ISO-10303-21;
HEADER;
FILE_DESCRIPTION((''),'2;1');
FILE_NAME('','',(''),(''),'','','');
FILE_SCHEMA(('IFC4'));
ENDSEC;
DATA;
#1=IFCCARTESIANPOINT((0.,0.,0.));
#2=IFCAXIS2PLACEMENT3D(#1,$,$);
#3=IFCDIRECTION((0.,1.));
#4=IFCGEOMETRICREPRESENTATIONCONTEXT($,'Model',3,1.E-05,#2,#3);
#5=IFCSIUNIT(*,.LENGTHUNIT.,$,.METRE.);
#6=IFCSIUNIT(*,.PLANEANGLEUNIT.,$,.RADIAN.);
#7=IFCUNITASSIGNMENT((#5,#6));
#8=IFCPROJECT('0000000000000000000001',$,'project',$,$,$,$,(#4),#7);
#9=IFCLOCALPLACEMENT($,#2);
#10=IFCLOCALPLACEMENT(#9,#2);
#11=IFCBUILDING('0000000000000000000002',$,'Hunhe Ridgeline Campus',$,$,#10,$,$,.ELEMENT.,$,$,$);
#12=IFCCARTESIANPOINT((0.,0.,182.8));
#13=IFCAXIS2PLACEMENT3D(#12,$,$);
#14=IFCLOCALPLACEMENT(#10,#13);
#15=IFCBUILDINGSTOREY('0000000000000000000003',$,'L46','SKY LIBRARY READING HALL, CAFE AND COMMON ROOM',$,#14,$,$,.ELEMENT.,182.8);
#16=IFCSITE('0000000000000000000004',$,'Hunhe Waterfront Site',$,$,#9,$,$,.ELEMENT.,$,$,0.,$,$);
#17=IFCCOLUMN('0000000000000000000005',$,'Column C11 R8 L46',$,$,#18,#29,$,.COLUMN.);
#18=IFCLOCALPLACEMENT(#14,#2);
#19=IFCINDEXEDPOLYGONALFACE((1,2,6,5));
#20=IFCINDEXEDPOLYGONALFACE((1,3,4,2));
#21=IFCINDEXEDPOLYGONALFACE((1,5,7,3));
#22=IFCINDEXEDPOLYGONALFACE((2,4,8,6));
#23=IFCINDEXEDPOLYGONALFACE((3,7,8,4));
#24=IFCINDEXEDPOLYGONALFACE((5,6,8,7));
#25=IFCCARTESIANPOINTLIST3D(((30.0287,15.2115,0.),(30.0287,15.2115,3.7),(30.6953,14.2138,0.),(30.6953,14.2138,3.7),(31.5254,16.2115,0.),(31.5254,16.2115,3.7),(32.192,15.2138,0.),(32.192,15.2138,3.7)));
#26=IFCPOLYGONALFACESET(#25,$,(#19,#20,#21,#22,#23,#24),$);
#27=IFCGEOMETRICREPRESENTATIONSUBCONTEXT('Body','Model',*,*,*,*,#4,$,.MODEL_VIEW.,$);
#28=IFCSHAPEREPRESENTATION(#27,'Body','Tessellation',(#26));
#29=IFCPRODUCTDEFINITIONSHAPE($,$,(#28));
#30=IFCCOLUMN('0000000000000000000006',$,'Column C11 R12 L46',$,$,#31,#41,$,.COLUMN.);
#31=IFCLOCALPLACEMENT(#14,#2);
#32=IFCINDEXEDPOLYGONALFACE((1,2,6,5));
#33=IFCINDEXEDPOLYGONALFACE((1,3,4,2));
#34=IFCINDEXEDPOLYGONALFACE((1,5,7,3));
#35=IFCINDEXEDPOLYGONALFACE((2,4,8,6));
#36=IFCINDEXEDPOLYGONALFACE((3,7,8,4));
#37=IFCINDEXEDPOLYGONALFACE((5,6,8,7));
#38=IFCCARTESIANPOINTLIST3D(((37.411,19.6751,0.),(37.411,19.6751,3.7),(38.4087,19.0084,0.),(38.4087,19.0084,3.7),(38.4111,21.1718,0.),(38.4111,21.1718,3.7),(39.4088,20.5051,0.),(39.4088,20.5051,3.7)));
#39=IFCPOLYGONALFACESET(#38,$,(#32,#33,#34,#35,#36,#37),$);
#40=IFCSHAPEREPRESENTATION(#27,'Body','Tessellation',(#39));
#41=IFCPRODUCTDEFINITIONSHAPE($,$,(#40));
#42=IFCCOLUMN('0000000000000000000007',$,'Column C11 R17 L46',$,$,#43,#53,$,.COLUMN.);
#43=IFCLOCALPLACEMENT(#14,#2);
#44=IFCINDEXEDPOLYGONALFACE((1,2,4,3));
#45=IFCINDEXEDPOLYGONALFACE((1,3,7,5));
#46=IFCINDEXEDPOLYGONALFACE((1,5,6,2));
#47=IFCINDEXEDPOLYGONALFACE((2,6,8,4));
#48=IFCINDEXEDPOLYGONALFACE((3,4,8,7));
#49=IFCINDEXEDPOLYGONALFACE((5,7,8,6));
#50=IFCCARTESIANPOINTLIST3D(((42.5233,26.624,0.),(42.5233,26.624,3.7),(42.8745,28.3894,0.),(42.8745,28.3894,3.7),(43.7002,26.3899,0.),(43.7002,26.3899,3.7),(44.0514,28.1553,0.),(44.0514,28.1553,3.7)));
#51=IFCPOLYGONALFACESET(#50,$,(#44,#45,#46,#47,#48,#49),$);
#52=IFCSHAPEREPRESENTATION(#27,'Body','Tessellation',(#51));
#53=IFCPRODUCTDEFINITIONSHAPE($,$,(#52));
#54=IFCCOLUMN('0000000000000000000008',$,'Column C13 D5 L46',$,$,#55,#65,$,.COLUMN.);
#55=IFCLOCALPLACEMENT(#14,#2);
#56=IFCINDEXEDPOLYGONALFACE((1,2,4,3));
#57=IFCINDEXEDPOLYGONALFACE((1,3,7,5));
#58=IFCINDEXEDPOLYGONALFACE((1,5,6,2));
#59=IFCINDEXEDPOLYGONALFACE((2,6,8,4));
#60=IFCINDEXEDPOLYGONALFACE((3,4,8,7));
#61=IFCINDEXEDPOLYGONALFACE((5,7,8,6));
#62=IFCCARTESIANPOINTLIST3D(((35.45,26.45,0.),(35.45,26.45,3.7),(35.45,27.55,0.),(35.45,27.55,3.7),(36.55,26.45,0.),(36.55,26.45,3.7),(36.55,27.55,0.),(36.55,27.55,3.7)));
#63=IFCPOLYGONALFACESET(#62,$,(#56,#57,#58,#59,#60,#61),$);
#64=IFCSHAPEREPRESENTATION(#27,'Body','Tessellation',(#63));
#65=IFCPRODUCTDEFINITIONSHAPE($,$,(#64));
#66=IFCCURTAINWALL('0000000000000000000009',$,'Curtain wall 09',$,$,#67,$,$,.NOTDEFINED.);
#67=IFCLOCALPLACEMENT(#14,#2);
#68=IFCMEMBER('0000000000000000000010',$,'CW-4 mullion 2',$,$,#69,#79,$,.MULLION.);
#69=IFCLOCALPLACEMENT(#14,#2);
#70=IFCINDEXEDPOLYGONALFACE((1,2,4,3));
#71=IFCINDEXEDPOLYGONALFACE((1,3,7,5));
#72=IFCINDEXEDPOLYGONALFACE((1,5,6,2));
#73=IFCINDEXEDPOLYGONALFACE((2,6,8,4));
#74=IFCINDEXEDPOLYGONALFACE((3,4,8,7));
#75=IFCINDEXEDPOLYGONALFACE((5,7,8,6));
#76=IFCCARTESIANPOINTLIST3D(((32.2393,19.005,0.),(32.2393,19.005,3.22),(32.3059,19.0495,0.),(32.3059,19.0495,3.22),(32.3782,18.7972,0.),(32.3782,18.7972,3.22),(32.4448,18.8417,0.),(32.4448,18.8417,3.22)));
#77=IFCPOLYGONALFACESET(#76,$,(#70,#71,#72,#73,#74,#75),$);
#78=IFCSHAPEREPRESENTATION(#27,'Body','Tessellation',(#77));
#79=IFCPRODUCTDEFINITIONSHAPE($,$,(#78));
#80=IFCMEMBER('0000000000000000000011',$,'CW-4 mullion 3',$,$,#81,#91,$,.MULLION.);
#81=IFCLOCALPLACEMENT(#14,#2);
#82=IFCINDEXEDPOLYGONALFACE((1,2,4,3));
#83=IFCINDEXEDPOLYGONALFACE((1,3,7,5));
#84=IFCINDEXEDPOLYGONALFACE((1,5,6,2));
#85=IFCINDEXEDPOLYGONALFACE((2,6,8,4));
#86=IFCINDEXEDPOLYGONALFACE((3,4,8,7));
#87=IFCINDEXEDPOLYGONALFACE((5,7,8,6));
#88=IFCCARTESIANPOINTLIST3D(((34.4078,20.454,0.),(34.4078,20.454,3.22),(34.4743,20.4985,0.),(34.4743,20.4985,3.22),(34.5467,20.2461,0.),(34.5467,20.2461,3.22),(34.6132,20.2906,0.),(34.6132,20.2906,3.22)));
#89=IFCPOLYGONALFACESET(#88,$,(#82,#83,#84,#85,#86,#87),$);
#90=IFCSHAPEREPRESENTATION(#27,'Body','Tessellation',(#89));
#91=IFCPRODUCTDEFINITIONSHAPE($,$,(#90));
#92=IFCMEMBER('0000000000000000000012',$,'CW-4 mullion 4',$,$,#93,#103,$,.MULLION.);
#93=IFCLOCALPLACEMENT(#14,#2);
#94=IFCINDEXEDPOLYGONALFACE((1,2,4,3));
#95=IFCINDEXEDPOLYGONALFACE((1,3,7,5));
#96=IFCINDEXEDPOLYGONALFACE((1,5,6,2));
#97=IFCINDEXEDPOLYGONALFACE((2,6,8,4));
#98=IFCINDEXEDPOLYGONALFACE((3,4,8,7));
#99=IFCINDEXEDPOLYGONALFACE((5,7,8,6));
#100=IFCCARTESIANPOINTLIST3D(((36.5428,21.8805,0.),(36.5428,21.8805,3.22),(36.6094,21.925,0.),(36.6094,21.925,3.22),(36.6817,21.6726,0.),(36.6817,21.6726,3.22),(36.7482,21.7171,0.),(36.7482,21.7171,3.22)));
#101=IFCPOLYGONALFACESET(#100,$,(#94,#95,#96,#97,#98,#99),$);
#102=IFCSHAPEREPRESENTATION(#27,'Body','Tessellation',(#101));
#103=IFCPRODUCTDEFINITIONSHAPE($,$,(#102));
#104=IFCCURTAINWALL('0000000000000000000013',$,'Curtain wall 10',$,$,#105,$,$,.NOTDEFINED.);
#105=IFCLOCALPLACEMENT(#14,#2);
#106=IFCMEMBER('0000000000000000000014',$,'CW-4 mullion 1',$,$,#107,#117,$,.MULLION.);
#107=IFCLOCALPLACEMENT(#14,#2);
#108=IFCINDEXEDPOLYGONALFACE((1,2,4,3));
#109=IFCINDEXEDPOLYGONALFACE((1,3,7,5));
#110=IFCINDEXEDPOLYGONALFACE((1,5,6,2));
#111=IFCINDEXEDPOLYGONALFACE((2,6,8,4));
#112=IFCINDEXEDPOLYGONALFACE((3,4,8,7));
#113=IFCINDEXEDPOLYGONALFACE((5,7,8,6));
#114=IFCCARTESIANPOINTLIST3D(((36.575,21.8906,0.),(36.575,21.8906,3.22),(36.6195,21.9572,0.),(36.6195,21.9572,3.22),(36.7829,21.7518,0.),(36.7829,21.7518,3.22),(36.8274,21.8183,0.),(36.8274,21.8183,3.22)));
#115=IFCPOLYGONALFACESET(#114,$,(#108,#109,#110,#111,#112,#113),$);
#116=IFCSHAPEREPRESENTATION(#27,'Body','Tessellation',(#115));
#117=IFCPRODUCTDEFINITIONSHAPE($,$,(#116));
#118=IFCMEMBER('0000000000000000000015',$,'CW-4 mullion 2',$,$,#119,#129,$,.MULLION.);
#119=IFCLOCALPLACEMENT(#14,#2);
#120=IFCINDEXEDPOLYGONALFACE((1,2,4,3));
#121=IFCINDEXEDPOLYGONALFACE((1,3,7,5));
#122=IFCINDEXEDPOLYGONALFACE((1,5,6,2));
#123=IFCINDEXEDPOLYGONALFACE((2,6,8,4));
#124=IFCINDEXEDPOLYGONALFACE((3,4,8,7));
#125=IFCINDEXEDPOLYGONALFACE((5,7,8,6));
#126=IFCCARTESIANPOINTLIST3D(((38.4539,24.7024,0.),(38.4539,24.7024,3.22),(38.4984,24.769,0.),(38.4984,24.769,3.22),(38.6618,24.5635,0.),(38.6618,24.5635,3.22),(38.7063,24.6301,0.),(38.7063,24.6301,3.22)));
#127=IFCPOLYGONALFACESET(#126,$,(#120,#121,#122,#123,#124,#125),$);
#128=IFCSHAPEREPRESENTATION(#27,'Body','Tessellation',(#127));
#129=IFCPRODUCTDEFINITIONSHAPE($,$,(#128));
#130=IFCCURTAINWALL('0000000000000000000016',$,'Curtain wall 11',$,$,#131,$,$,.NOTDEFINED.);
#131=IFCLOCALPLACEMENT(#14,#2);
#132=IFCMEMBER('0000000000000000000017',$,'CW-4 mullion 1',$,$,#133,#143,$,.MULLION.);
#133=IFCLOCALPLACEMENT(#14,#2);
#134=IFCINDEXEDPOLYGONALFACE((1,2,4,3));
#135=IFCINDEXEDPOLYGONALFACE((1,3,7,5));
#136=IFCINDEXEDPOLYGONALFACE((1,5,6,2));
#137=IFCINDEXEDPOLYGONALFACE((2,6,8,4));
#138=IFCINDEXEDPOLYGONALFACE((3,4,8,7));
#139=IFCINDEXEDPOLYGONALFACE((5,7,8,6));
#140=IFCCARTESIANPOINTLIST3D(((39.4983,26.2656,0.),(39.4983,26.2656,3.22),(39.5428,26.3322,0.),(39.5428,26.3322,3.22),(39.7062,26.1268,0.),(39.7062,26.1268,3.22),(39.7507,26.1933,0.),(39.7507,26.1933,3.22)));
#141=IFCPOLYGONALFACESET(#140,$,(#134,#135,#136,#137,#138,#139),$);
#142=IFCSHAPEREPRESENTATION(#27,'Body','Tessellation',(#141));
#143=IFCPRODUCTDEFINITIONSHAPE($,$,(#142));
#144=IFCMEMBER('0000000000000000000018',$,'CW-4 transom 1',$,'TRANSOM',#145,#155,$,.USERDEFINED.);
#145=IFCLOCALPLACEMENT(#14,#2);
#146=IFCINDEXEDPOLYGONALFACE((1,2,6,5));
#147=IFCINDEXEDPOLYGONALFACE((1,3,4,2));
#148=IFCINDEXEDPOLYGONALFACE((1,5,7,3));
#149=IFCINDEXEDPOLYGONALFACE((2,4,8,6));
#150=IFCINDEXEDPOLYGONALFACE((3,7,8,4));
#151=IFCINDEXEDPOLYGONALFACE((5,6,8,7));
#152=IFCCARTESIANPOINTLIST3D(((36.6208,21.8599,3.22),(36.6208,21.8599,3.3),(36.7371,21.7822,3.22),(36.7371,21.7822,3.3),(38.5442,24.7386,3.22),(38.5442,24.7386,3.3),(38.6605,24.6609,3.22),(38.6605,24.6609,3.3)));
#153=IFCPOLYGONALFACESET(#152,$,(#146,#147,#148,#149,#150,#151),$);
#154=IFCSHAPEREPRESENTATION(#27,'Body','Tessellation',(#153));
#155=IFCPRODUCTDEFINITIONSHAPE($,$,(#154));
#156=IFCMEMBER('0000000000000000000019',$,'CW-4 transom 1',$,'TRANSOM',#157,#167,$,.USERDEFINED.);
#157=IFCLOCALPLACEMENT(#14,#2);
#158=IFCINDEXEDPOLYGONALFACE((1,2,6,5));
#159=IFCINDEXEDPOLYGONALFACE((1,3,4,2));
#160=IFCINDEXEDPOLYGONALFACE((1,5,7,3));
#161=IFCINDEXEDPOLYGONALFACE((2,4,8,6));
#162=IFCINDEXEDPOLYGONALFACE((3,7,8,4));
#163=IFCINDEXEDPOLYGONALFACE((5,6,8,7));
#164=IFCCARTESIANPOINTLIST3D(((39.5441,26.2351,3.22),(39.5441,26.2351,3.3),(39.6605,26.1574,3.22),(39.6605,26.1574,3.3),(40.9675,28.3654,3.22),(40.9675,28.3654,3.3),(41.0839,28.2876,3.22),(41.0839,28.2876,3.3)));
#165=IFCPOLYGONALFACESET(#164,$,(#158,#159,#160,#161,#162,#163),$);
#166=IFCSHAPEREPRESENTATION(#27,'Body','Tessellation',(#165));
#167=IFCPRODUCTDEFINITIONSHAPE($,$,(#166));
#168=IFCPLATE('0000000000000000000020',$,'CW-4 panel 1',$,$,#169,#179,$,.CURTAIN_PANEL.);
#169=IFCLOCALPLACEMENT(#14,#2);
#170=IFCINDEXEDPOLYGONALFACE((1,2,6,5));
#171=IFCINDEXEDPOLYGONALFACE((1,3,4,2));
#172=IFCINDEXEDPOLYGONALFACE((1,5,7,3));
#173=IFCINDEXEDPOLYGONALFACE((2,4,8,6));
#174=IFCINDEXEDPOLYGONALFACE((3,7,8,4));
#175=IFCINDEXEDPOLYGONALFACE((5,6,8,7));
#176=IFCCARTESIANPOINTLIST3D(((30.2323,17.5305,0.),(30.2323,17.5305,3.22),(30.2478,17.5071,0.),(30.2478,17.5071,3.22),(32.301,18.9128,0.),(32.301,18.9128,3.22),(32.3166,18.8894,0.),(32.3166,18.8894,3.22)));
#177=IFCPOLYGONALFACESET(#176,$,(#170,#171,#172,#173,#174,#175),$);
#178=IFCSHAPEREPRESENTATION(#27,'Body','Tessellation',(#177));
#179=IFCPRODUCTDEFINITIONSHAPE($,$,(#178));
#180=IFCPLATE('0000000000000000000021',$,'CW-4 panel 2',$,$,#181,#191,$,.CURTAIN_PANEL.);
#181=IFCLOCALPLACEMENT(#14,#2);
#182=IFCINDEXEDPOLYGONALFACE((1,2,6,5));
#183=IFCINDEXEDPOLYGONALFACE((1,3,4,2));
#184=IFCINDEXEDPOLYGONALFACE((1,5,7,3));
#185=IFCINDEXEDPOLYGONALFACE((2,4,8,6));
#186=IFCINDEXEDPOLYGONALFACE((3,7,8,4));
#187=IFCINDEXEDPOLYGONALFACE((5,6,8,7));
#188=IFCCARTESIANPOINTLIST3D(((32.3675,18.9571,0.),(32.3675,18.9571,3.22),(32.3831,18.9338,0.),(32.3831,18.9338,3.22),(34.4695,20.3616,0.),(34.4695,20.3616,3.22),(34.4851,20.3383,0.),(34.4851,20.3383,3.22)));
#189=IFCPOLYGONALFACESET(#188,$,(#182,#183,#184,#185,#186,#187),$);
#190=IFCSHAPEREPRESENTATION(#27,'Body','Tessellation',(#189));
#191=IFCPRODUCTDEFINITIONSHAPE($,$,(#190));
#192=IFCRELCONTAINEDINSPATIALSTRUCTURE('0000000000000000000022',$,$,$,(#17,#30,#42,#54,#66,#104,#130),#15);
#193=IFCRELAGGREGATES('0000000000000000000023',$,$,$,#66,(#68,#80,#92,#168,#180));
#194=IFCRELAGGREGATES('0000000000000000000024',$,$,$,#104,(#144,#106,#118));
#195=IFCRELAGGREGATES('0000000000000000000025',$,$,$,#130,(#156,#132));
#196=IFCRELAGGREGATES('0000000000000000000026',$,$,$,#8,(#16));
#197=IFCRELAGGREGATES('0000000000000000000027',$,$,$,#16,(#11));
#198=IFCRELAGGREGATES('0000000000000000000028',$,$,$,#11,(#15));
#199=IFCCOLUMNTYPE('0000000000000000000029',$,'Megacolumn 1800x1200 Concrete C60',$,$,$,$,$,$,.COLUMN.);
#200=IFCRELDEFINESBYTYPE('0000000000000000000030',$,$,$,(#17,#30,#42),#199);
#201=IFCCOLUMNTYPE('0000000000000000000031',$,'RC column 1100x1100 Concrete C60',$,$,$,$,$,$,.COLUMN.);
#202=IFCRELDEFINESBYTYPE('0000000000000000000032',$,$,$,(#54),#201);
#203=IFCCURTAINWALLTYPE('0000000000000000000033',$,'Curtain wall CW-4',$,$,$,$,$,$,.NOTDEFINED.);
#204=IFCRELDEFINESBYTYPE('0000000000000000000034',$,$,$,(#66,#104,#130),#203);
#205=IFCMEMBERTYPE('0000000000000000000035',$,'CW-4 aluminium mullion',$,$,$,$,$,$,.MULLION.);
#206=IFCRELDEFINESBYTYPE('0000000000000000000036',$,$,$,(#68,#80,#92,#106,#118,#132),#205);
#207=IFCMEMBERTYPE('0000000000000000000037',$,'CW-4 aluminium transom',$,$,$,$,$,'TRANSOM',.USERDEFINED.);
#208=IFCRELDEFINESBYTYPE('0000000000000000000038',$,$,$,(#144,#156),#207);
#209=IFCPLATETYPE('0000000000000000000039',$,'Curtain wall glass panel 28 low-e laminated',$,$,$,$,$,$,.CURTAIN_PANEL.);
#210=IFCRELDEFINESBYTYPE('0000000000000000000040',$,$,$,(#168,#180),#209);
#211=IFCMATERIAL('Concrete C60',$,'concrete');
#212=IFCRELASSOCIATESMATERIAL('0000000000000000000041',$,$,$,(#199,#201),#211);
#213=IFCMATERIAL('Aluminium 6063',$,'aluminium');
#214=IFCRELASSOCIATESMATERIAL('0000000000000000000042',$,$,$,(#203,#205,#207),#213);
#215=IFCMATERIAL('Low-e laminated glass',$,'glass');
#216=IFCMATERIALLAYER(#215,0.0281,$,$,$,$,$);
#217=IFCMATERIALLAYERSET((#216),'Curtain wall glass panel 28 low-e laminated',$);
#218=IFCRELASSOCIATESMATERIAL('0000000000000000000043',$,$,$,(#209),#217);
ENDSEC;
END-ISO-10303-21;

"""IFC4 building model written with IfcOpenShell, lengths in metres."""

from ifc_helpers import new_model, si_unit, direction, frame, origin, origin_2d, place, context, subcontext, project, spatial, rectangle, extrude, material, layer, layer_set, material_profile, profile_set, type_object, element, aggregate, save


model = new_model("IFC4")

# Units and contexts
model_context = context("Model", 3, precision=1e-05, world=origin(), true_north=direction((0.0, 1.0)))
body_context = subcontext(model_context, "Body", "Model", "MODEL_VIEW")
ifc_project = project(units=[si_unit("LENGTHUNIT", "METRE"), si_unit("PLANEANGLEUNIT", "RADIAN")], contexts=[model_context])

# Site, building, storey
site_placement = place(None, origin())
site = spatial("IfcSite", under=ifc_project, at=site_placement, Name="Hunhe Waterfront Site", CompositionType="ELEMENT", RefElevation=0.0)
building_placement = place(site_placement, origin())
building = spatial("IfcBuilding", under=site, at=building_placement, Name="Hunhe Ridgeline Campus", CompositionType="ELEMENT")
storey_placement = place(building_placement, frame((0.0, 0.0, 182.8)))
storey = spatial("IfcBuildingStorey", under=building, at=storey_placement, Name="L46", Description="SKY LIBRARY READING HALL, CAFE AND COMMON ROOM", CompositionType="ELEMENT", Elevation=182.8)

# Columns
ifc_material_1 = material(Name="Concrete C60", Category="concrete")
ifc_material_profile_1 = material_profile(ifc_material_1, rectangle(XDim=1.8, YDim=1.2, at=origin_2d()))
ifc_profile_set_1 = profile_set([ifc_material_profile_1], Name="Concrete C60")
column_type_1 = type_object("IfcColumnType", Name="Megacolumn 1800x1200 Concrete C60", PredefinedType="COLUMN", material=ifc_profile_set_1)
for number, where, z_axis, x_axis, name in (
    (1, (31.1104, 15.2126, 0.0), (0.0, 0.0, 1.0), (0.83147, 0.55557, 0.0), "Column C11 R8 L46"),
    (2, (38.4099, 20.0901, 0.0), (0.0, 0.0, 1.0), (0.55557, 0.83147, 0.0), "Column C11 R12 L46"),
    (3, (43.2874, 27.3896, 0.0), (0.0, 0.0, 1.0), (0.19509, 0.980785, 0.0), "Column C11 R17 L46"),
):
    element("IfcColumn", number, at=place(storey_placement, frame(where, z_axis=z_axis, x_axis=x_axis)), inside=storey, type_object=column_type_1, Name=name, PredefinedType="COLUMN", context=body_context, shape_type="SweptSolid", body=[
        extrude(rectangle(XDim=1.8, YDim=1.2, at=origin_2d()), origin(), (0.0, 0.0, 1.0), 3.7),
    ])
ifc_material_profile_2 = material_profile(ifc_material_1, rectangle(XDim=1.1001, YDim=1.1001, at=origin_2d()))
ifc_profile_set_2 = profile_set([ifc_material_profile_2], Name="Concrete C60")
column_type_2 = type_object("IfcColumnType", Name="RC column 1100x1100 Concrete C60", PredefinedType="COLUMN", material=ifc_profile_set_2)
column_placement = place(storey_placement, frame((36.0, 27.0, 0.0), z_axis=(0.0, 0.0, 1.0), x_axis=(1.0, 0.0, 0.0)))
element("IfcColumn", 4, at=column_placement, inside=storey, type_object=column_type_2, Name="Column C13 D5 L46", PredefinedType="COLUMN", context=body_context, shape_type="SweptSolid", body=[
    extrude(rectangle(XDim=1.1001, YDim=1.1001, at=origin_2d()), origin(), (0.0, 0.0, 1.0), 3.7),
])

# Curtain walls, members
ifc_material_2 = material(Name="Aluminium 6063", Category="aluminium")
curtain_wall_type = type_object("IfcCurtainWallType", Name="Curtain wall CW-4", PredefinedType="NOTDEFINED", material=ifc_material_2)
curtain_wall_1_placement = place(storey_placement, origin())
curtain_wall_1 = element("IfcCurtainWall", 5, at=curtain_wall_1_placement, inside=storey, type_object=curtain_wall_type, Name="Curtain wall 09", PredefinedType="NOTDEFINED")
ifc_material_profile_3 = material_profile(ifc_material_2, rectangle(XDim=0.25, YDim=0.0801, at=origin_2d()))
ifc_profile_set_3 = profile_set([ifc_material_profile_3], Name="Aluminium 6063")
member_type_1 = type_object("IfcMemberType", Name="CW-4 aluminium mullion", PredefinedType="MULLION", material=ifc_profile_set_3)
member_1_placement = place(storey_placement, frame((32.342, 18.9233, 0.0), z_axis=(0.0, 0.0, 1.0), x_axis=(-0.55557, 0.83147, 0.0)))
member_1 = element("IfcMember", 6, at=member_1_placement, type_object=member_type_1, Name="CW-4 mullion 2", PredefinedType="MULLION", context=body_context, shape_type="SweptSolid", body=[
    extrude(rectangle(XDim=0.25, YDim=0.0801, at=origin_2d()), origin(), (0.0, 0.0, 1.0), 3.22),
])
member_2_placement = place(storey_placement, frame((34.5105, 20.3723, 0.0), z_axis=(0.0, 0.0, 1.0), x_axis=(-0.55557, 0.83147, 0.0)))
member_2 = element("IfcMember", 7, at=member_2_placement, type_object=member_type_1, Name="CW-4 mullion 3", PredefinedType="MULLION", context=body_context, shape_type="SweptSolid", body=[
    extrude(rectangle(XDim=0.25, YDim=0.0801, at=origin_2d()), origin(), (0.0, 0.0, 1.0), 3.22),
])
member_3_placement = place(storey_placement, frame((36.6455, 21.7988, 0.0), z_axis=(0.0, 0.0, 1.0), x_axis=(-0.55557, 0.83147, 0.0)))
member_3 = element("IfcMember", 8, at=member_3_placement, type_object=member_type_1, Name="CW-4 mullion 4", PredefinedType="MULLION", context=body_context, shape_type="SweptSolid", body=[
    extrude(rectangle(XDim=0.25, YDim=0.0801, at=origin_2d()), origin(), (0.0, 0.0, 1.0), 3.22),
])
curtain_wall_2_placement = place(storey_placement, origin())
curtain_wall_2 = element("IfcCurtainWall", 9, at=curtain_wall_2_placement, inside=storey, type_object=curtain_wall_type, Name="Curtain wall 10", PredefinedType="NOTDEFINED")
member_4_placement = place(storey_placement, frame((36.7012, 21.8545, 0.0), z_axis=(0.0, 0.0, 1.0), x_axis=(-0.83147, 0.55557, 0.0)))
member_4 = element("IfcMember", 10, at=member_4_placement, type_object=member_type_1, Name="CW-4 mullion 1", PredefinedType="MULLION", context=body_context, shape_type="SweptSolid", body=[
    extrude(rectangle(XDim=0.25, YDim=0.0801, at=origin_2d()), origin(), (0.0, 0.0, 1.0), 3.22),
])
member_5_placement = place(storey_placement, frame((38.5801, 24.6663, 0.0), z_axis=(0.0, 0.0, 1.0), x_axis=(-0.83147, 0.55557, 0.0)))
member_5 = element("IfcMember", 11, at=member_5_placement, type_object=member_type_1, Name="CW-4 mullion 2", PredefinedType="MULLION", context=body_context, shape_type="SweptSolid", body=[
    extrude(rectangle(XDim=0.25, YDim=0.0801, at=origin_2d()), origin(), (0.0, 0.0, 1.0), 3.22),
])

# Curtain wall, member
curtain_wall_3_placement = place(storey_placement, origin())
curtain_wall_3 = element("IfcCurtainWall", 12, at=curtain_wall_3_placement, inside=storey, type_object=curtain_wall_type, Name="Curtain wall 11", PredefinedType="NOTDEFINED")
member_6_placement = place(storey_placement, frame((39.6245, 26.2295, 0.0), z_axis=(0.0, 0.0, 1.0), x_axis=(-0.83147, 0.55557, 0.0)))
member_6 = element("IfcMember", 13, at=member_6_placement, type_object=member_type_1, Name="CW-4 mullion 1", PredefinedType="MULLION", context=body_context, shape_type="SweptSolid", body=[
    extrude(rectangle(XDim=0.25, YDim=0.0801, at=origin_2d()), origin(), (0.0, 0.0, 1.0), 3.22),
])

# Members
ifc_material_profile_4 = material_profile(ifc_material_2, rectangle(XDim=0.1399, YDim=0.0801, at=origin_2d()))
ifc_profile_set_4 = profile_set([ifc_material_profile_4], Name="Aluminium 6063")
member_type_2 = type_object("IfcMemberType", Name="CW-4 aluminium transom", ElementType="TRANSOM", PredefinedType="USERDEFINED", material=ifc_profile_set_4)
member_7_placement = place(storey_placement, frame((36.679, 21.821, 3.26), z_axis=(0.555546, 0.831486, 0.0), x_axis=(-0.831486, 0.555546, 0.0)))
member_7 = element("IfcMember", 14, at=member_7_placement, type_object=member_type_2, Name="CW-4 transom 1", ObjectType="TRANSOM", PredefinedType="USERDEFINED", context=body_context, shape_type="SweptSolid", body=[
    extrude(rectangle(XDim=0.1399, YDim=0.0801, at=origin_2d()), origin(), (0.0, 0.0, 1.0), 3.4622),
])
member_8_placement = place(storey_placement, frame((39.6023, 26.1963, 3.26), z_axis=(0.55558, 0.831463, 0.0), x_axis=(-0.831463, 0.55558, 0.0)))
member_8 = element("IfcMember", 15, at=member_8_placement, type_object=member_type_2, Name="CW-4 transom 1", ObjectType="TRANSOM", PredefinedType="USERDEFINED", context=body_context, shape_type="SweptSolid", body=[
    extrude(rectangle(XDim=0.1399, YDim=0.0801, at=origin_2d()), origin(), (0.0, 0.0, 1.0), 2.562),
])

# Plates
ifc_material_3 = material(Name="Low-e laminated glass", Category="glass")
ifc_layer_1 = layer(ifc_material_3, 0.0281)
ifc_layer_set_1 = layer_set([ifc_layer_1], Name="Curtain wall glass panel 28 low-e laminated")
plate_type = type_object("IfcPlateType", Name="Curtain wall glass panel 28 low-e laminated", PredefinedType="CURTAIN_PANEL", material=ifc_layer_set_1)
plate_1_placement = place(storey_placement, frame((31.2744, 18.21, 0.0), z_axis=(0.0, 0.0, 1.0), x_axis=(0.83147, 0.55557, 0.0)))
plate_1 = element("IfcPlate", 16, at=plate_1_placement, type_object=plate_type, Name="CW-4 panel 1", PredefinedType="CURTAIN_PANEL", context=body_context, shape_type="SweptSolid", body=[
    extrude(rectangle(XDim=2.488, YDim=0.0281, at=origin_2d()), origin(), (0.0, 0.0, 1.0), 3.22),
])
plate_2_placement = place(storey_placement, frame((33.4263, 19.6477, 0.0), z_axis=(0.0, 0.0, 1.0), x_axis=(0.83147, 0.55557, 0.0)))
plate_2 = element("IfcPlate", 17, at=plate_2_placement, type_object=plate_type, Name="CW-4 panel 2", PredefinedType="CURTAIN_PANEL", context=body_context, shape_type="SweptSolid", body=[
    extrude(rectangle(XDim=2.5281, YDim=0.0281, at=origin_2d()), origin(), (0.0, 0.0, 1.0), 3.22),
])
aggregate(curtain_wall_1, [member_1, member_2, member_3, plate_1, plate_2])
aggregate(curtain_wall_2, [member_7, member_4, member_5])
aggregate(curtain_wall_3, [member_8, member_6])

save(model, "model.ifc")
